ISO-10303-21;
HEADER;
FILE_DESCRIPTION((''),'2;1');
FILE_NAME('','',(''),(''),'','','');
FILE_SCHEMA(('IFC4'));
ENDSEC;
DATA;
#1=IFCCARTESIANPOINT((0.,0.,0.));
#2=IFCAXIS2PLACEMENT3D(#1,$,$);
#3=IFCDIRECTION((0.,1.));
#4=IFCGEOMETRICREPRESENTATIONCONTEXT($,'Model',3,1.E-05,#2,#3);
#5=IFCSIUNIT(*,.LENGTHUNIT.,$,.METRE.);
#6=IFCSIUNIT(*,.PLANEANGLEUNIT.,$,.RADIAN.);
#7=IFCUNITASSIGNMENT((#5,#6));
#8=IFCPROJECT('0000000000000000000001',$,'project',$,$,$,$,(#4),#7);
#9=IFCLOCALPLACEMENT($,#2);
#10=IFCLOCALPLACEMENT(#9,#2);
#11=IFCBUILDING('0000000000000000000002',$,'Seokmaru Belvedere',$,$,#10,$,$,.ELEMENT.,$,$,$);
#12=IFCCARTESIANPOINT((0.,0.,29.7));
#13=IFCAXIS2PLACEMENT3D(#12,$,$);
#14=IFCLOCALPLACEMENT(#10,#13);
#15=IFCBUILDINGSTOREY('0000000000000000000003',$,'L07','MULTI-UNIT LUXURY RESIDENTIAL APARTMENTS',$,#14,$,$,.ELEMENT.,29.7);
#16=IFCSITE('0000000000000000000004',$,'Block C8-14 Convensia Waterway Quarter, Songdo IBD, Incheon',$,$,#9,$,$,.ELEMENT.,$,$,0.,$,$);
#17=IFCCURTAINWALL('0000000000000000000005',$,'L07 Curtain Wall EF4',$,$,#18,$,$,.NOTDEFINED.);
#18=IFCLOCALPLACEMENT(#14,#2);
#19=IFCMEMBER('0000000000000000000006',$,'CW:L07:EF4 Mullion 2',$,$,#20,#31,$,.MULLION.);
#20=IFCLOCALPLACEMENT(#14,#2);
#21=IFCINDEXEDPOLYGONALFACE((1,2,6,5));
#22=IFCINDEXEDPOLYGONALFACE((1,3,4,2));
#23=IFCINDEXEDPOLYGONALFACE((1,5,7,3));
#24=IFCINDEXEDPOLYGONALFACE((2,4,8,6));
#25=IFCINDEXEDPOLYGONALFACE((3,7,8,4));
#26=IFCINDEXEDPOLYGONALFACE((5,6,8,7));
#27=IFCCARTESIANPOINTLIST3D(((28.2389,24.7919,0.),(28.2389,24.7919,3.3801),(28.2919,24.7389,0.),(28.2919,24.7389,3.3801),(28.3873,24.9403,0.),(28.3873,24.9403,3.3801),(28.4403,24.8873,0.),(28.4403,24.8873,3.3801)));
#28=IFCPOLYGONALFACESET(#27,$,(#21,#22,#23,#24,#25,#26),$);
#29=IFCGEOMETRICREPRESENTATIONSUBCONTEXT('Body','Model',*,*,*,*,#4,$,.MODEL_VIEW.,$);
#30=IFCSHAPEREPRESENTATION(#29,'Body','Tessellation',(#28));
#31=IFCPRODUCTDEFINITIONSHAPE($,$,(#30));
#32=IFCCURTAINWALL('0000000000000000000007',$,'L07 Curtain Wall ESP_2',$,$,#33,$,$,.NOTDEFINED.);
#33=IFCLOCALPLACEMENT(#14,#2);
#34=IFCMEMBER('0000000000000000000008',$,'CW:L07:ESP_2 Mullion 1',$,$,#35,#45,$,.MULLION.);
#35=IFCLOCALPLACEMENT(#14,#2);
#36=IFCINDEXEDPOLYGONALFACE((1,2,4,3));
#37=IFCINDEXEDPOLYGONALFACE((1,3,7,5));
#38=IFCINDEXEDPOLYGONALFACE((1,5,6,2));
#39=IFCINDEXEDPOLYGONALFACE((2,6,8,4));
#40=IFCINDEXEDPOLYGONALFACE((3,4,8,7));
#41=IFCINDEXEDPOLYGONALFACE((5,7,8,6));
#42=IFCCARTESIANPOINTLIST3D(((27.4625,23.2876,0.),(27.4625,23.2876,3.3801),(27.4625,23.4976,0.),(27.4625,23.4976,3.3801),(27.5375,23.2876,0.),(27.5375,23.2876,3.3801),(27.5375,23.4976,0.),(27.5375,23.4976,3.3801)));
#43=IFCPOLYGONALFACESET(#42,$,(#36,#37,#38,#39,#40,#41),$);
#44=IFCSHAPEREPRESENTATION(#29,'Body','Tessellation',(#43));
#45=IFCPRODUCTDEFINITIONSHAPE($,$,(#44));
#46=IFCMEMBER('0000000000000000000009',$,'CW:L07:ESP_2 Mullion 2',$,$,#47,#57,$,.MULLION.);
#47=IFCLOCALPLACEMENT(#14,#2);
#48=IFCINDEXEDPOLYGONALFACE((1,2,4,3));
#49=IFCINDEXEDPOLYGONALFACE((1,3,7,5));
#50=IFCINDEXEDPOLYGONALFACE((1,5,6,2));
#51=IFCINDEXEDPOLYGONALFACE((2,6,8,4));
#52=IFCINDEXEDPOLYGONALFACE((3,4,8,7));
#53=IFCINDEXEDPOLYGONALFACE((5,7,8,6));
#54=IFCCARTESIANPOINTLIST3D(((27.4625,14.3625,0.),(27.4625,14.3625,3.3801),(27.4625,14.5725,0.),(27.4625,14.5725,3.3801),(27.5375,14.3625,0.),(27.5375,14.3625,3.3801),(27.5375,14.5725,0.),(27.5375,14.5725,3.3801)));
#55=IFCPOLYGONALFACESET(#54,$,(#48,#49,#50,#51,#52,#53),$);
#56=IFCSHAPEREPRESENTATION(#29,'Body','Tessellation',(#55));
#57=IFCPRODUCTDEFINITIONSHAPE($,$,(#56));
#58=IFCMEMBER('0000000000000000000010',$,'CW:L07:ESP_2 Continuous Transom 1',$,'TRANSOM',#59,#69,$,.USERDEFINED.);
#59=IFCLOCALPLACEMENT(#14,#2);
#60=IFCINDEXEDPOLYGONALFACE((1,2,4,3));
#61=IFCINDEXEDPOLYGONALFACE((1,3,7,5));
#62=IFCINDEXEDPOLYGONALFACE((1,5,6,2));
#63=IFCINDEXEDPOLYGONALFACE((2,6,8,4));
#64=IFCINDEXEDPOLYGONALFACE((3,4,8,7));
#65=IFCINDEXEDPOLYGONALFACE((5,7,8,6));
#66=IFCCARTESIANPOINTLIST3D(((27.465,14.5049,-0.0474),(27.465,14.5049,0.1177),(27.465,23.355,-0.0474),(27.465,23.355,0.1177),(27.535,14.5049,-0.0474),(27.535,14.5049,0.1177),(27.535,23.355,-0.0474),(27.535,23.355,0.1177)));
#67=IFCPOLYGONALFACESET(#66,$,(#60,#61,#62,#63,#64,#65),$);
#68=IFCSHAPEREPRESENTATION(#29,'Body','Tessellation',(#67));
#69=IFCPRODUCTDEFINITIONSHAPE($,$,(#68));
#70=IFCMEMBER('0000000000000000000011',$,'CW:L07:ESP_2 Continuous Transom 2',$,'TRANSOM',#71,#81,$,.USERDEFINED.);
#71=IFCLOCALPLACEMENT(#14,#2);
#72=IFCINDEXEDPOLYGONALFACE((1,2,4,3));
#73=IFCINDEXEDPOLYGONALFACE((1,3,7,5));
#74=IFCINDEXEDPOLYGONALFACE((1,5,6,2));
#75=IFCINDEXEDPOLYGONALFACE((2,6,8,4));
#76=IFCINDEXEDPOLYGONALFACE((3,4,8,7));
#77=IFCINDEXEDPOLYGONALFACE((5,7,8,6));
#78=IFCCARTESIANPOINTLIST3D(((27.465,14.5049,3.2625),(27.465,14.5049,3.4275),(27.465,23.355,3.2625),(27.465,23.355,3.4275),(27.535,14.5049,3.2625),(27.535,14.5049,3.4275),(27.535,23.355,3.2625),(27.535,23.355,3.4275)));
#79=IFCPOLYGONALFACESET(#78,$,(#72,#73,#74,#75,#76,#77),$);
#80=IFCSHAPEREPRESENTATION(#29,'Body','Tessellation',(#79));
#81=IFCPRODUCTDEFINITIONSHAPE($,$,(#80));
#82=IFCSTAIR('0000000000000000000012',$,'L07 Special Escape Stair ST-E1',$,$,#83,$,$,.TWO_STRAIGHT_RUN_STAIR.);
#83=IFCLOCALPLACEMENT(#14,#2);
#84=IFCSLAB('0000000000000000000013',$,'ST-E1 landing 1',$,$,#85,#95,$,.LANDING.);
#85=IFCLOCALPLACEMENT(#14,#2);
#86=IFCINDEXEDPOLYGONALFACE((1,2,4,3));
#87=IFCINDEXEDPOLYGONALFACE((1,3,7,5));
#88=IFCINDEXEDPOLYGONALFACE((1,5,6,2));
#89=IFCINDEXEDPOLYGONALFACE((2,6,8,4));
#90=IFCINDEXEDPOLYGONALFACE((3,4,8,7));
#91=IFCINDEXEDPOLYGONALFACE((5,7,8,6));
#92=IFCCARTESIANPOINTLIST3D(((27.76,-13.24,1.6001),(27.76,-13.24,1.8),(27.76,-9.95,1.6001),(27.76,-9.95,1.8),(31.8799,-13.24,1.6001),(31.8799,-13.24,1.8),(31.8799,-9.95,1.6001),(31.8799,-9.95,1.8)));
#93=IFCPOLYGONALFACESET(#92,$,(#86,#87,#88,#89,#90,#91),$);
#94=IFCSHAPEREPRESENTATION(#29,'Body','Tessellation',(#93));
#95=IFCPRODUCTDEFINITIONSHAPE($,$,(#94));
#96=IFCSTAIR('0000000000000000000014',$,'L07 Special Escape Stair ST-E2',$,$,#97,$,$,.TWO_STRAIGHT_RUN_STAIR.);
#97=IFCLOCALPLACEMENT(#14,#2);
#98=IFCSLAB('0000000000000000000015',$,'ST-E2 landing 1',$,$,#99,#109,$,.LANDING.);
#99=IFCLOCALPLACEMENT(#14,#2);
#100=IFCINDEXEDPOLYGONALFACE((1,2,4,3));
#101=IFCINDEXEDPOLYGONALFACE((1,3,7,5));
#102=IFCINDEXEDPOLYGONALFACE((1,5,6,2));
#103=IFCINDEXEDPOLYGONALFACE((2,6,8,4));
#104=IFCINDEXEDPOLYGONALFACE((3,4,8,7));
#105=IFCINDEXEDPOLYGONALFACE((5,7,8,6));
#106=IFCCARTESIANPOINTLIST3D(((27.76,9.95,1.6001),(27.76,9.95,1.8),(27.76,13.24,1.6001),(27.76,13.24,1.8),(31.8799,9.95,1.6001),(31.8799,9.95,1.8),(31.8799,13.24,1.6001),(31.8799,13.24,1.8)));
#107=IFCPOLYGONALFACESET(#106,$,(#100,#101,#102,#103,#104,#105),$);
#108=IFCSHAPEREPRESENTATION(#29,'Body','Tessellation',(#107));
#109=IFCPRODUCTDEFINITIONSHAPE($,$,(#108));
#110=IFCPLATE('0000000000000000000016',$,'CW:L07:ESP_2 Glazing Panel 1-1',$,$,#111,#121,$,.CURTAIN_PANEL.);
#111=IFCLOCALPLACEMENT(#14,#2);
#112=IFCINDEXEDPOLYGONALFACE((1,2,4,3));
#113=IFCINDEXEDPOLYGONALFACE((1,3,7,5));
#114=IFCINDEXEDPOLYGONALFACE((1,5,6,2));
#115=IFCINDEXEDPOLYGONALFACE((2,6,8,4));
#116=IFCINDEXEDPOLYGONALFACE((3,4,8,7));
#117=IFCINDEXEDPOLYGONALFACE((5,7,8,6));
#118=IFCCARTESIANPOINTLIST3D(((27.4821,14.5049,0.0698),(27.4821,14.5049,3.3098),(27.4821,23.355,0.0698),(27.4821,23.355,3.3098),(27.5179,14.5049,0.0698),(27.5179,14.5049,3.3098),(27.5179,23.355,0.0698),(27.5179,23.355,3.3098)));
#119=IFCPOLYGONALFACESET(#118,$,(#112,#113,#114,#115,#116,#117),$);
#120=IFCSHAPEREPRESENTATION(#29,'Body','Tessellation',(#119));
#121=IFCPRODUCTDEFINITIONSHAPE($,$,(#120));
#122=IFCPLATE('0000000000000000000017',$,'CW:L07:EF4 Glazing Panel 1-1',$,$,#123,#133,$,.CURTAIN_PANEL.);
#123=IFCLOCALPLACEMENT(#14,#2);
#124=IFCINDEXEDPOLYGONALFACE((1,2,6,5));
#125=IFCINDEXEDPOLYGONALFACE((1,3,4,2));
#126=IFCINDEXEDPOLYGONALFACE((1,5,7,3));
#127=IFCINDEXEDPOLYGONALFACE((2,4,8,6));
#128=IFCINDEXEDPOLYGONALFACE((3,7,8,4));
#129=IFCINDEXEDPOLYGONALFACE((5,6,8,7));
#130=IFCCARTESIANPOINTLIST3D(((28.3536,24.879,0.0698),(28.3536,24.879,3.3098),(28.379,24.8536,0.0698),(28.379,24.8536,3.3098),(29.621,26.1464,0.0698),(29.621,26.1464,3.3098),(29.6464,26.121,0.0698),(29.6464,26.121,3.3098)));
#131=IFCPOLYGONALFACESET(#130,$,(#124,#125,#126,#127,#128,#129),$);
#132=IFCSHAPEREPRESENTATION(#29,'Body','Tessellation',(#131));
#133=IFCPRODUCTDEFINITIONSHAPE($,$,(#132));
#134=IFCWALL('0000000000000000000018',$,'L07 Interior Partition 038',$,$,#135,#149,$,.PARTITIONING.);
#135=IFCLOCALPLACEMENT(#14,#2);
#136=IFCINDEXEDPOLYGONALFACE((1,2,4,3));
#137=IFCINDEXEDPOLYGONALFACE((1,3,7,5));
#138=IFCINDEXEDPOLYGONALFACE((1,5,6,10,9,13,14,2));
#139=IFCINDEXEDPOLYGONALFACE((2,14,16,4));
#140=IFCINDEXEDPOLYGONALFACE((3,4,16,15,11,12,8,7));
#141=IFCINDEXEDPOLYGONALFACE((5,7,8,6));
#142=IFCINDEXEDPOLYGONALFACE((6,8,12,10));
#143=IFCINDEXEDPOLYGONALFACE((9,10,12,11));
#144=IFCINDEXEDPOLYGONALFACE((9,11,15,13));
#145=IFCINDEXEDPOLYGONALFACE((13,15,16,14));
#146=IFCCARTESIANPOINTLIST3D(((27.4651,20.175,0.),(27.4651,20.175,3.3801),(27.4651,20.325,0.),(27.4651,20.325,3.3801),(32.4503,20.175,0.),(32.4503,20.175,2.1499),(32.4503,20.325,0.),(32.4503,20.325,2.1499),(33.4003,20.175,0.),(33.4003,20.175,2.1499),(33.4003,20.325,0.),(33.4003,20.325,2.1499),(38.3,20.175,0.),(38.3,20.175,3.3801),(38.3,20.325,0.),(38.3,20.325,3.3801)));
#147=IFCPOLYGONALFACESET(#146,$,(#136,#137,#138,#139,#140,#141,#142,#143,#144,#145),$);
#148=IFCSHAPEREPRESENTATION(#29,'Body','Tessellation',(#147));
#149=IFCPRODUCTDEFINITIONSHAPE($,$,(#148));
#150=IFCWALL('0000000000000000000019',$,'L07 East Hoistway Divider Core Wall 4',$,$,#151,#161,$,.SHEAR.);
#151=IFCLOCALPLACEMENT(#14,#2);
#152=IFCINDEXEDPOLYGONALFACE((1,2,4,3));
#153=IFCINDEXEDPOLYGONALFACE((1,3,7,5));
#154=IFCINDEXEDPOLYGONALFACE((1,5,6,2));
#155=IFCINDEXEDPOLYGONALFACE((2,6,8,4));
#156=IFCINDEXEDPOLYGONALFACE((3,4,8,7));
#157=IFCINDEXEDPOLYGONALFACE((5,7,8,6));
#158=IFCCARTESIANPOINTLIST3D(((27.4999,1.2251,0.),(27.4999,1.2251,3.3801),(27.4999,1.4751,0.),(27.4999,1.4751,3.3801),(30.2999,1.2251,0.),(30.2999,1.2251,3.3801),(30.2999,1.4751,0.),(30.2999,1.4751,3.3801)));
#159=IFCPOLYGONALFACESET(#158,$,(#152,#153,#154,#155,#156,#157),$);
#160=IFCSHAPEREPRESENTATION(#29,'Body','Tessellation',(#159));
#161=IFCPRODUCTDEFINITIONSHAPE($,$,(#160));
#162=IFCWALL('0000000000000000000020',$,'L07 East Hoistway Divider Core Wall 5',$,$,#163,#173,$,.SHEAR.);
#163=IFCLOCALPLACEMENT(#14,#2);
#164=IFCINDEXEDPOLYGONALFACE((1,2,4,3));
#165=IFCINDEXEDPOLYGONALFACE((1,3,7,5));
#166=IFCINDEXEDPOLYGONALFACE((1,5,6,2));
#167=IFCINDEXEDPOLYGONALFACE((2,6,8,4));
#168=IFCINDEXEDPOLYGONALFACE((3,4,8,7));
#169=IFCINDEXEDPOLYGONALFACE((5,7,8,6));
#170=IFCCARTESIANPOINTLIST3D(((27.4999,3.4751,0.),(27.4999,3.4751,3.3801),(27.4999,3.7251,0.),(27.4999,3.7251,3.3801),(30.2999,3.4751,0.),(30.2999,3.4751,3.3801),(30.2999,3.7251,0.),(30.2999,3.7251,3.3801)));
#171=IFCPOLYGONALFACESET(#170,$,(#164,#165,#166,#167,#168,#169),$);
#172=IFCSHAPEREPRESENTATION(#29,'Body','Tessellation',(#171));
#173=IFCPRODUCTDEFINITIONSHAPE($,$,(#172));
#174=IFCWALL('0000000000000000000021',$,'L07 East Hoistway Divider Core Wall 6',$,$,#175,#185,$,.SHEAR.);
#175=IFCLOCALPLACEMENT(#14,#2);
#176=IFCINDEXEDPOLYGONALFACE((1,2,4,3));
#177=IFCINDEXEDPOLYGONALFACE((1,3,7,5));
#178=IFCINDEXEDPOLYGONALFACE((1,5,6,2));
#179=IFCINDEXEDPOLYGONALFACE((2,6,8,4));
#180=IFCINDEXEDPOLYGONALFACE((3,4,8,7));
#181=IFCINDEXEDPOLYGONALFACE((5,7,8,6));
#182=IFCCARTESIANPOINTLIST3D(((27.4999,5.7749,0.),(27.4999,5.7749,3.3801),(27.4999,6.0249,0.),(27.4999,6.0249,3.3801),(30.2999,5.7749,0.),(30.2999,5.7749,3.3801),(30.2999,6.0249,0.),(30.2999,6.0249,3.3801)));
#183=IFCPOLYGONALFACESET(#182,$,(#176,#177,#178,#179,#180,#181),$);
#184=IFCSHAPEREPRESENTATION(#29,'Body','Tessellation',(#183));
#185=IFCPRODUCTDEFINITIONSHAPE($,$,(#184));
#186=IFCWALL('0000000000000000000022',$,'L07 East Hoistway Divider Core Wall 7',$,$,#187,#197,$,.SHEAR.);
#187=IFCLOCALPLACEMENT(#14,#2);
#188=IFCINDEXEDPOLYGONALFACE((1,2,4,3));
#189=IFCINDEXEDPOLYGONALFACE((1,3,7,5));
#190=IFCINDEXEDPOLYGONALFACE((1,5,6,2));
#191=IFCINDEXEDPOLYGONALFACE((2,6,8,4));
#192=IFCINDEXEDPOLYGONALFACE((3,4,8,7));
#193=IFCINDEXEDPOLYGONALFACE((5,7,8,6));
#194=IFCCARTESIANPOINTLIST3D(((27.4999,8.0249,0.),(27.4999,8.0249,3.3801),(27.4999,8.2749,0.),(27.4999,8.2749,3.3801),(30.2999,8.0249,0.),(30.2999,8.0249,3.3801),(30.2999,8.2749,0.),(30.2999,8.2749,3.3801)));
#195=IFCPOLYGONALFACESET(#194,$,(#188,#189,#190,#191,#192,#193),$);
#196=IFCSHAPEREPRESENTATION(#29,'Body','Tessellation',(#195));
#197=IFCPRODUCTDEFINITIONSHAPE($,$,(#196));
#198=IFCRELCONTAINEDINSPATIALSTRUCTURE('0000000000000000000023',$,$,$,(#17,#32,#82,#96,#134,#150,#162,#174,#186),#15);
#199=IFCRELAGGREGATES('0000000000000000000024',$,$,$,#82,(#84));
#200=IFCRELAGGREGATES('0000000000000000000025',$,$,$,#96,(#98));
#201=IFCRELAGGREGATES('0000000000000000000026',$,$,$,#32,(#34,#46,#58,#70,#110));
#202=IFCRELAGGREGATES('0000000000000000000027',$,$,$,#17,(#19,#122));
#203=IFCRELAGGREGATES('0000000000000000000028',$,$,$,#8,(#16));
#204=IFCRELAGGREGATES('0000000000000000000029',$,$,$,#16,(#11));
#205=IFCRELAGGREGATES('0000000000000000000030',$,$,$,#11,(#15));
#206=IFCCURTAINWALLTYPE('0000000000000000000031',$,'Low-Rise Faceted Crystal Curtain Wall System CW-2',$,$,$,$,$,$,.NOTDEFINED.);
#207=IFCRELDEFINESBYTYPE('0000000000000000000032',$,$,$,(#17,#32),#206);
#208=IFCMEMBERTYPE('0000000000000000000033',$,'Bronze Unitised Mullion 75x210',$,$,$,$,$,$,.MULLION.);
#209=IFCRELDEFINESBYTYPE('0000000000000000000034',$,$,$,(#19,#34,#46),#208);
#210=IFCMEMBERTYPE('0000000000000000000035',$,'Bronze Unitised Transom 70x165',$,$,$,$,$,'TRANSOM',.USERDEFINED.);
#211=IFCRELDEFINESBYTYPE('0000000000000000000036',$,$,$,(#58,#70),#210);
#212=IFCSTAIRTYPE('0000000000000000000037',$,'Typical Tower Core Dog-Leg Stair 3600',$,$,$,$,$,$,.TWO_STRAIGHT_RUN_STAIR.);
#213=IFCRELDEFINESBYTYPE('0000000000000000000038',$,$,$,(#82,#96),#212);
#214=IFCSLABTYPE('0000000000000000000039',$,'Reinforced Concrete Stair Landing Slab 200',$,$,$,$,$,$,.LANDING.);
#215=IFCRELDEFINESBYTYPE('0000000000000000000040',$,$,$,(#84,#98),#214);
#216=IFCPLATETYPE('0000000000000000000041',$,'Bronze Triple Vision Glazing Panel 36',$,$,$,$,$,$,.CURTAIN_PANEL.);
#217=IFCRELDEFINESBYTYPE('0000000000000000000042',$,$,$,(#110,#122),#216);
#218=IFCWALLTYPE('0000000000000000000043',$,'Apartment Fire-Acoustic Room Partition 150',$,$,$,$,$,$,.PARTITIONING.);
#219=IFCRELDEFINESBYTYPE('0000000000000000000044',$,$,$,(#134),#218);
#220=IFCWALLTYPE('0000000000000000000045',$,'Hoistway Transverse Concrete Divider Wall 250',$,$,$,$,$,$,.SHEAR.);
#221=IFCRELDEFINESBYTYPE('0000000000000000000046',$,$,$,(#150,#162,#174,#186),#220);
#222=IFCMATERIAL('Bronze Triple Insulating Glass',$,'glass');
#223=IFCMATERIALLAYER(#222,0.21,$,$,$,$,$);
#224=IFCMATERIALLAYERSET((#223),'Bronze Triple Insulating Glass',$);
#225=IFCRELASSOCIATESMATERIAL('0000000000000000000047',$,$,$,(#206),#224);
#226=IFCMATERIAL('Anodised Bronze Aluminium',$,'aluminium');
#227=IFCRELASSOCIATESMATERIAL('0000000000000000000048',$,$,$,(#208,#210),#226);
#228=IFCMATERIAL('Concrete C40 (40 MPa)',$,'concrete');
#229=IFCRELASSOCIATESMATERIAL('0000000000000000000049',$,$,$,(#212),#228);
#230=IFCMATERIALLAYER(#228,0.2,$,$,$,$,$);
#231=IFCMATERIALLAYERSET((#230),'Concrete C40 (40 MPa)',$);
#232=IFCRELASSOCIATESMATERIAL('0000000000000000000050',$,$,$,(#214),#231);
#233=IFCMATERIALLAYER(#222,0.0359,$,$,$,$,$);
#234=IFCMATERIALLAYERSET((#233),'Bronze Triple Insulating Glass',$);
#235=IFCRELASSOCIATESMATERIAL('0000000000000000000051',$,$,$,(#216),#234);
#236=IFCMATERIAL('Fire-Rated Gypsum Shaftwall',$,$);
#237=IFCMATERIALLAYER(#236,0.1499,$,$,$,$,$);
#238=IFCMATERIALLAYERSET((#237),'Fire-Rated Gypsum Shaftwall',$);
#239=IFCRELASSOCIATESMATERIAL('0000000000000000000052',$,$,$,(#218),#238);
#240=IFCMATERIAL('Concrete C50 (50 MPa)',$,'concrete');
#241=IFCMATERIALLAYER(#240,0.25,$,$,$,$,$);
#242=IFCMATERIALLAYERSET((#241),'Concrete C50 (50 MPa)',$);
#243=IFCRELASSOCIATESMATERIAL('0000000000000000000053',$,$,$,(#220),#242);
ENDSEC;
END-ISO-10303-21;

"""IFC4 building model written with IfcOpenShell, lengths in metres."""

from ifc_helpers import new_model, si_unit, direction, frame, frame_2d, origin, origin_2d, place, context, subcontext, project, spatial, polyline, rectangle, outline, extrude, source, transform, mapped, material, layer, layer_set, material_profile, profile_set, type_object, type_shapes, element, aggregate, save


model = new_model("IFC4")

# Units and contexts
model_context = context("Model", 3, precision=1e-05, world=origin(), true_north=direction((0.0, 1.0)))
body_context = subcontext(model_context, "Body", "Model", "MODEL_VIEW")
ifc_project = project(units=[si_unit("LENGTHUNIT", "METRE"), si_unit("PLANEANGLEUNIT", "RADIAN")], contexts=[model_context])

# Site, building, storey
site_placement = place(None, origin())
site = spatial("IfcSite", under=ifc_project, at=site_placement, Name="Block C8-14 Convensia Waterway Quarter, Songdo IBD, Incheon", CompositionType="ELEMENT", RefElevation=0.0)
building_placement = place(site_placement, origin())
building = spatial("IfcBuilding", under=site, at=building_placement, Name="Seokmaru Belvedere", CompositionType="ELEMENT")
storey_placement = place(building_placement, frame((0.0, 0.0, 29.7)))
storey = spatial("IfcBuildingStorey", under=building, at=storey_placement, Name="L07", Description="MULTI-UNIT LUXURY RESIDENTIAL APARTMENTS", CompositionType="ELEMENT", Elevation=29.7)

# Curtain wall, member
ifc_material_1 = material(Name="Bronze Triple Insulating Glass", Category="glass")
ifc_layer_1 = layer(ifc_material_1, 0.21)
ifc_layer_set_1 = layer_set([ifc_layer_1], Name="Bronze Triple Insulating Glass")
curtain_wall_type = type_object("IfcCurtainWallType", Name="Low-Rise Faceted Crystal Curtain Wall System CW-2", PredefinedType="NOTDEFINED", material=ifc_layer_set_1)
curtain_wall_1_placement = place(storey_placement, origin())
curtain_wall_1 = element("IfcCurtainWall", 1, at=curtain_wall_1_placement, inside=storey, type_object=curtain_wall_type, Name="L07 Curtain Wall EF4", PredefinedType="NOTDEFINED")
ifc_material_2 = material(Name="Anodised Bronze Aluminium", Category="aluminium")
ifc_material_profile_1 = material_profile(ifc_material_2, rectangle(XDim=0.075, YDim=0.21, at=origin_2d()), Name="CW-M-75x210")
ifc_profile_set_1 = profile_set([ifc_material_profile_1], Name="Anodised Bronze Aluminium")
member_type_1 = type_object("IfcMemberType", Name="Bronze Unitised Mullion 75x210", PredefinedType="MULLION", material=ifc_profile_set_1)
shared_shape_1 = source(origin(), body_context, "Body", "SweptSolid", [
    extrude(rectangle(XDim=0.075, YDim=0.21, at=origin_2d()), origin(), (0.0, 0.0, 1.0), 3.3801),
])
type_shapes(member_type_1, [shared_shape_1])
member_1_placement = place(storey_placement, frame((28.3396, 24.8396, 0.0), z_axis=(0.0, 0.0, 1.0), x_axis=(0.707107, -0.707107, 0.0)))
member_1 = element("IfcMember", 2, at=member_1_placement, type_object=member_type_1, Name="CW:L07:EF4 Mullion 2", PredefinedType="MULLION", context=body_context, shape_type="MappedRepresentation", body=[
    mapped(shared_shape_1, transform((0.0, 0.0, 0.0), scale=1.0)),
])

# Curtain wall, members
curtain_wall_2_placement = place(storey_placement, origin())
curtain_wall_2 = element("IfcCurtainWall", 3, at=curtain_wall_2_placement, inside=storey, type_object=curtain_wall_type, Name="L07 Curtain Wall ESP_2", PredefinedType="NOTDEFINED")
member_2_placement = place(storey_placement, frame((27.5, 23.3926, 0.0), z_axis=(0.0, 0.0, 1.0), x_axis=(1.0, 0.0, 0.0)))
member_2 = element("IfcMember", 4, at=member_2_placement, type_object=member_type_1, Name="CW:L07:ESP_2 Mullion 1", PredefinedType="MULLION", context=body_context, shape_type="MappedRepresentation", body=[
    mapped(shared_shape_1, transform((0.0, 0.0, 0.0), scale=1.0)),
])
member_3_placement = place(storey_placement, frame((27.5, 14.4675, 0.0), z_axis=(0.0, 0.0, 1.0), x_axis=(1.0, 0.0, 0.0)))
member_3 = element("IfcMember", 5, at=member_3_placement, type_object=member_type_1, Name="CW:L07:ESP_2 Mullion 2", PredefinedType="MULLION", context=body_context, shape_type="MappedRepresentation", body=[
    mapped(shared_shape_1, transform((0.0, 0.0, 0.0), scale=1.0)),
])
ifc_material_profile_2 = material_profile(ifc_material_2, rectangle(XDim=0.0701, YDim=0.165, at=origin_2d()), Name="CW-T-70x165")
ifc_profile_set_2 = profile_set([ifc_material_profile_2], Name="Anodised Bronze Aluminium")
member_type_2 = type_object("IfcMemberType", Name="Bronze Unitised Transom 70x165", ElementType="TRANSOM", PredefinedType="USERDEFINED", material=ifc_profile_set_2)
shared_shape_2 = source(origin(), body_context, "Body", "SweptSolid", [
    extrude(rectangle(XDim=0.0701, YDim=0.165, at=origin_2d()), origin(), (0.0, 0.0, 1.0), 8.8501),
])
type_shapes(member_type_2, [shared_shape_2])
member_4_placement = place(storey_placement, frame((27.5, 23.355, 0.0352), z_axis=(0.0, -1.0, 0.0), x_axis=(1.0, 0.0, 0.0)))
member_4 = element("IfcMember", 6, at=member_4_placement, type_object=member_type_2, Name="CW:L07:ESP_2 Continuous Transom 1", ObjectType="TRANSOM", PredefinedType="USERDEFINED", context=body_context, shape_type="MappedRepresentation", body=[
    mapped(shared_shape_2, transform((0.0, 0.0, 0.0), scale=1.0)),
])
member_5_placement = place(storey_placement, frame((27.5, 23.355, 3.345), z_axis=(0.0, -1.0, 0.0), x_axis=(1.0, 0.0, 0.0)))
member_5 = element("IfcMember", 7, at=member_5_placement, type_object=member_type_2, Name="CW:L07:ESP_2 Continuous Transom 2", ObjectType="TRANSOM", PredefinedType="USERDEFINED", context=body_context, shape_type="MappedRepresentation", body=[
    mapped(shared_shape_2, transform((0.0, 0.0, 0.0), scale=1.0)),
])

# Stairs, slabs
ifc_material_3 = material(Name="Concrete C40 (40 MPa)", Category="concrete")
stair_type = type_object("IfcStairType", Name="Typical Tower Core Dog-Leg Stair 3600", PredefinedType="TWO_STRAIGHT_RUN_STAIR", material=ifc_material_3)
stair_1_placement = place(storey_placement, origin())
stair_1 = element("IfcStair", 8, at=stair_1_placement, inside=storey, type_object=stair_type, Name="L07 Special Escape Stair ST-E1", PredefinedType="TWO_STRAIGHT_RUN_STAIR")
ifc_layer_2 = layer(ifc_material_3, 0.2)
ifc_layer_set_2 = layer_set([ifc_layer_2], Name="Concrete C40 (40 MPa)")
slab_type = type_object("IfcSlabType", Name="Reinforced Concrete Stair Landing Slab 200", PredefinedType="LANDING", material=ifc_layer_set_2)
slab_1_placement = place(storey_placement, frame((0.0, 0.0, 1.6001)))
slab_1 = element("IfcSlab", 9, at=slab_1_placement, type_object=slab_type, Name="ST-E1 landing 1", PredefinedType="LANDING", context=body_context, shape_type="SweptSolid", body=[
    extrude(outline(polyline([(27.76, -13.24), (31.8799, -13.24), (31.8799, -9.95), (27.76, -9.95), (27.76, -13.24)])), origin(), (0.0, 0.0, 1.0), 0.2),
])
aggregate(stair_1, [slab_1])
stair_2_placement = place(storey_placement, origin())
stair_2 = element("IfcStair", 10, at=stair_2_placement, inside=storey, type_object=stair_type, Name="L07 Special Escape Stair ST-E2", PredefinedType="TWO_STRAIGHT_RUN_STAIR")
slab_2_placement = place(storey_placement, frame((0.0, 0.0, 1.6001)))
slab_2 = element("IfcSlab", 11, at=slab_2_placement, type_object=slab_type, Name="ST-E2 landing 1", PredefinedType="LANDING", context=body_context, shape_type="SweptSolid", body=[
    extrude(outline(polyline([(27.76, 9.95), (31.8799, 9.95), (31.8799, 13.24), (27.76, 13.24), (27.76, 9.95)])), origin(), (0.0, 0.0, 1.0), 0.2),
])
aggregate(stair_2, [slab_2])

# Plates
ifc_layer_3 = layer(ifc_material_1, 0.0359)
ifc_layer_set_3 = layer_set([ifc_layer_3], Name="Bronze Triple Insulating Glass")
plate_type = type_object("IfcPlateType", Name="Bronze Triple Vision Glazing Panel 36", PredefinedType="CURTAIN_PANEL", material=ifc_layer_set_3)
shared_shape_3 = source(origin(), body_context, "Body", "SweptSolid", [
    extrude(rectangle(XDim=8.8501, YDim=0.0359, at=origin_2d()), origin(), (0.0, 0.0, 1.0), 3.24),
])
plate_1_placement = place(storey_placement, frame((27.5, 18.9299, 0.0698), z_axis=(0.0, 0.0, 1.0), x_axis=(0.0, -1.0, 0.0)))
plate_1 = element("IfcPlate", 12, at=plate_1_placement, type_object=plate_type, Name="CW:L07:ESP_2 Glazing Panel 1-1", PredefinedType="CURTAIN_PANEL", context=body_context, shape_type="MappedRepresentation", body=[
    mapped(shared_shape_3, transform((0.0, 0.0, 0.0), scale=1.0)),
])
aggregate(curtain_wall_2, [member_2, member_3, member_4, member_5, plate_1])
shared_shape_4 = source(origin(), body_context, "Body", "SweptSolid", [
    extrude(rectangle(XDim=1.7925, YDim=0.0359, at=origin_2d()), origin(), (0.0, 0.0, 1.0), 3.24),
])
type_shapes(plate_type, [shared_shape_3, shared_shape_4])
plate_2_placement = place(storey_placement, frame((29.0, 25.5, 0.0698), z_axis=(0.0, 0.0, 1.0), x_axis=(-0.707107, -0.707107, 0.0)))
plate_2 = element("IfcPlate", 13, at=plate_2_placement, type_object=plate_type, Name="CW:L07:EF4 Glazing Panel 1-1", PredefinedType="CURTAIN_PANEL", context=body_context, shape_type="MappedRepresentation", body=[
    mapped(shared_shape_4, transform((0.0, 0.0, 0.0), scale=1.0)),
])
aggregate(curtain_wall_1, [member_1, plate_2])

# Wall, opening
ifc_material_4 = material(Name="Fire-Rated Gypsum Shaftwall")
ifc_layer_4 = layer(ifc_material_4, 0.1499)
ifc_layer_set_4 = layer_set([ifc_layer_4], Name="Fire-Rated Gypsum Shaftwall")
wall_type_1 = type_object("IfcWallType", Name="Apartment Fire-Acoustic Room Partition 150", PredefinedType="PARTITIONING", material=ifc_layer_set_4)
wall_1_placement = place(storey_placement, frame((27.4651, 20.25, 0.0), z_axis=(0.0, 0.0, 1.0), x_axis=(1.0, 0.0, 0.0)))
wall_1 = element("IfcWall", 14, at=wall_1_placement, inside=storey, type_object=wall_type_1, Name="L07 Interior Partition 038", PredefinedType="PARTITIONING", context=body_context, shape_type="SweptSolid", body=[
    extrude(rectangle(XDim=10.835, YDim=0.1499, at=frame_2d((5.4175, 0.0))), origin(), (0.0, 0.0, 1.0), 3.3801),
])
opening_1_placement = place(wall_1_placement, frame((4.9851, 0.0, 0.0)))
element("IfcOpeningElement", 15, at=opening_1_placement, cuts=wall_1, PredefinedType="OPENING", context=body_context, shape_type="SweptSolid", body=[
    extrude(rectangle(XDim=0.95, YDim=2.1499, at=frame_2d((0.4751, 1.075))), frame((0.0, 0.085, 0.0), z_axis=(0.0, -1.0, 0.0), x_axis=(1.0, 0.0, 0.0)), (0.0, 0.0, 1.0), 0.1699),
])

# Walls
ifc_material_5 = material(Name="Concrete C50 (50 MPa)", Category="concrete")
ifc_layer_5 = layer(ifc_material_5, 0.25)
ifc_layer_set_5 = layer_set([ifc_layer_5], Name="Concrete C50 (50 MPa)")
wall_type_2 = type_object("IfcWallType", Name="Hoistway Transverse Concrete Divider Wall 250", PredefinedType="SHEAR", material=ifc_layer_set_5)
for number, where, z_axis, x_axis, name in (
    (16, (27.5, 1.3501, 0.0), (0.0, 0.0, 1.0), (1.0, 0.0, 0.0), "L07 East Hoistway Divider Core Wall 4"),
    (17, (27.5, 3.6001, 0.0), (0.0, 0.0, 1.0), (1.0, 0.0, 0.0), "L07 East Hoistway Divider Core Wall 5"),
    (18, (27.5, 5.8999, 0.0), (0.0, 0.0, 1.0), (1.0, 0.0, 0.0), "L07 East Hoistway Divider Core Wall 6"),
    (19, (27.5, 8.1499, 0.0), (0.0, 0.0, 1.0), (1.0, 0.0, 0.0), "L07 East Hoistway Divider Core Wall 7"),
):
    element("IfcWall", number, at=place(storey_placement, frame(where, z_axis=z_axis, x_axis=x_axis)), inside=storey, type_object=wall_type_2, Name=name, PredefinedType="SHEAR", context=body_context, shape_type="SweptSolid", body=[
        extrude(rectangle(XDim=2.8, YDim=0.25, at=frame_2d((1.3999, 0.0))), origin(), (0.0, 0.0, 1.0), 3.3801),
    ])

save(model, "model.ifc")
